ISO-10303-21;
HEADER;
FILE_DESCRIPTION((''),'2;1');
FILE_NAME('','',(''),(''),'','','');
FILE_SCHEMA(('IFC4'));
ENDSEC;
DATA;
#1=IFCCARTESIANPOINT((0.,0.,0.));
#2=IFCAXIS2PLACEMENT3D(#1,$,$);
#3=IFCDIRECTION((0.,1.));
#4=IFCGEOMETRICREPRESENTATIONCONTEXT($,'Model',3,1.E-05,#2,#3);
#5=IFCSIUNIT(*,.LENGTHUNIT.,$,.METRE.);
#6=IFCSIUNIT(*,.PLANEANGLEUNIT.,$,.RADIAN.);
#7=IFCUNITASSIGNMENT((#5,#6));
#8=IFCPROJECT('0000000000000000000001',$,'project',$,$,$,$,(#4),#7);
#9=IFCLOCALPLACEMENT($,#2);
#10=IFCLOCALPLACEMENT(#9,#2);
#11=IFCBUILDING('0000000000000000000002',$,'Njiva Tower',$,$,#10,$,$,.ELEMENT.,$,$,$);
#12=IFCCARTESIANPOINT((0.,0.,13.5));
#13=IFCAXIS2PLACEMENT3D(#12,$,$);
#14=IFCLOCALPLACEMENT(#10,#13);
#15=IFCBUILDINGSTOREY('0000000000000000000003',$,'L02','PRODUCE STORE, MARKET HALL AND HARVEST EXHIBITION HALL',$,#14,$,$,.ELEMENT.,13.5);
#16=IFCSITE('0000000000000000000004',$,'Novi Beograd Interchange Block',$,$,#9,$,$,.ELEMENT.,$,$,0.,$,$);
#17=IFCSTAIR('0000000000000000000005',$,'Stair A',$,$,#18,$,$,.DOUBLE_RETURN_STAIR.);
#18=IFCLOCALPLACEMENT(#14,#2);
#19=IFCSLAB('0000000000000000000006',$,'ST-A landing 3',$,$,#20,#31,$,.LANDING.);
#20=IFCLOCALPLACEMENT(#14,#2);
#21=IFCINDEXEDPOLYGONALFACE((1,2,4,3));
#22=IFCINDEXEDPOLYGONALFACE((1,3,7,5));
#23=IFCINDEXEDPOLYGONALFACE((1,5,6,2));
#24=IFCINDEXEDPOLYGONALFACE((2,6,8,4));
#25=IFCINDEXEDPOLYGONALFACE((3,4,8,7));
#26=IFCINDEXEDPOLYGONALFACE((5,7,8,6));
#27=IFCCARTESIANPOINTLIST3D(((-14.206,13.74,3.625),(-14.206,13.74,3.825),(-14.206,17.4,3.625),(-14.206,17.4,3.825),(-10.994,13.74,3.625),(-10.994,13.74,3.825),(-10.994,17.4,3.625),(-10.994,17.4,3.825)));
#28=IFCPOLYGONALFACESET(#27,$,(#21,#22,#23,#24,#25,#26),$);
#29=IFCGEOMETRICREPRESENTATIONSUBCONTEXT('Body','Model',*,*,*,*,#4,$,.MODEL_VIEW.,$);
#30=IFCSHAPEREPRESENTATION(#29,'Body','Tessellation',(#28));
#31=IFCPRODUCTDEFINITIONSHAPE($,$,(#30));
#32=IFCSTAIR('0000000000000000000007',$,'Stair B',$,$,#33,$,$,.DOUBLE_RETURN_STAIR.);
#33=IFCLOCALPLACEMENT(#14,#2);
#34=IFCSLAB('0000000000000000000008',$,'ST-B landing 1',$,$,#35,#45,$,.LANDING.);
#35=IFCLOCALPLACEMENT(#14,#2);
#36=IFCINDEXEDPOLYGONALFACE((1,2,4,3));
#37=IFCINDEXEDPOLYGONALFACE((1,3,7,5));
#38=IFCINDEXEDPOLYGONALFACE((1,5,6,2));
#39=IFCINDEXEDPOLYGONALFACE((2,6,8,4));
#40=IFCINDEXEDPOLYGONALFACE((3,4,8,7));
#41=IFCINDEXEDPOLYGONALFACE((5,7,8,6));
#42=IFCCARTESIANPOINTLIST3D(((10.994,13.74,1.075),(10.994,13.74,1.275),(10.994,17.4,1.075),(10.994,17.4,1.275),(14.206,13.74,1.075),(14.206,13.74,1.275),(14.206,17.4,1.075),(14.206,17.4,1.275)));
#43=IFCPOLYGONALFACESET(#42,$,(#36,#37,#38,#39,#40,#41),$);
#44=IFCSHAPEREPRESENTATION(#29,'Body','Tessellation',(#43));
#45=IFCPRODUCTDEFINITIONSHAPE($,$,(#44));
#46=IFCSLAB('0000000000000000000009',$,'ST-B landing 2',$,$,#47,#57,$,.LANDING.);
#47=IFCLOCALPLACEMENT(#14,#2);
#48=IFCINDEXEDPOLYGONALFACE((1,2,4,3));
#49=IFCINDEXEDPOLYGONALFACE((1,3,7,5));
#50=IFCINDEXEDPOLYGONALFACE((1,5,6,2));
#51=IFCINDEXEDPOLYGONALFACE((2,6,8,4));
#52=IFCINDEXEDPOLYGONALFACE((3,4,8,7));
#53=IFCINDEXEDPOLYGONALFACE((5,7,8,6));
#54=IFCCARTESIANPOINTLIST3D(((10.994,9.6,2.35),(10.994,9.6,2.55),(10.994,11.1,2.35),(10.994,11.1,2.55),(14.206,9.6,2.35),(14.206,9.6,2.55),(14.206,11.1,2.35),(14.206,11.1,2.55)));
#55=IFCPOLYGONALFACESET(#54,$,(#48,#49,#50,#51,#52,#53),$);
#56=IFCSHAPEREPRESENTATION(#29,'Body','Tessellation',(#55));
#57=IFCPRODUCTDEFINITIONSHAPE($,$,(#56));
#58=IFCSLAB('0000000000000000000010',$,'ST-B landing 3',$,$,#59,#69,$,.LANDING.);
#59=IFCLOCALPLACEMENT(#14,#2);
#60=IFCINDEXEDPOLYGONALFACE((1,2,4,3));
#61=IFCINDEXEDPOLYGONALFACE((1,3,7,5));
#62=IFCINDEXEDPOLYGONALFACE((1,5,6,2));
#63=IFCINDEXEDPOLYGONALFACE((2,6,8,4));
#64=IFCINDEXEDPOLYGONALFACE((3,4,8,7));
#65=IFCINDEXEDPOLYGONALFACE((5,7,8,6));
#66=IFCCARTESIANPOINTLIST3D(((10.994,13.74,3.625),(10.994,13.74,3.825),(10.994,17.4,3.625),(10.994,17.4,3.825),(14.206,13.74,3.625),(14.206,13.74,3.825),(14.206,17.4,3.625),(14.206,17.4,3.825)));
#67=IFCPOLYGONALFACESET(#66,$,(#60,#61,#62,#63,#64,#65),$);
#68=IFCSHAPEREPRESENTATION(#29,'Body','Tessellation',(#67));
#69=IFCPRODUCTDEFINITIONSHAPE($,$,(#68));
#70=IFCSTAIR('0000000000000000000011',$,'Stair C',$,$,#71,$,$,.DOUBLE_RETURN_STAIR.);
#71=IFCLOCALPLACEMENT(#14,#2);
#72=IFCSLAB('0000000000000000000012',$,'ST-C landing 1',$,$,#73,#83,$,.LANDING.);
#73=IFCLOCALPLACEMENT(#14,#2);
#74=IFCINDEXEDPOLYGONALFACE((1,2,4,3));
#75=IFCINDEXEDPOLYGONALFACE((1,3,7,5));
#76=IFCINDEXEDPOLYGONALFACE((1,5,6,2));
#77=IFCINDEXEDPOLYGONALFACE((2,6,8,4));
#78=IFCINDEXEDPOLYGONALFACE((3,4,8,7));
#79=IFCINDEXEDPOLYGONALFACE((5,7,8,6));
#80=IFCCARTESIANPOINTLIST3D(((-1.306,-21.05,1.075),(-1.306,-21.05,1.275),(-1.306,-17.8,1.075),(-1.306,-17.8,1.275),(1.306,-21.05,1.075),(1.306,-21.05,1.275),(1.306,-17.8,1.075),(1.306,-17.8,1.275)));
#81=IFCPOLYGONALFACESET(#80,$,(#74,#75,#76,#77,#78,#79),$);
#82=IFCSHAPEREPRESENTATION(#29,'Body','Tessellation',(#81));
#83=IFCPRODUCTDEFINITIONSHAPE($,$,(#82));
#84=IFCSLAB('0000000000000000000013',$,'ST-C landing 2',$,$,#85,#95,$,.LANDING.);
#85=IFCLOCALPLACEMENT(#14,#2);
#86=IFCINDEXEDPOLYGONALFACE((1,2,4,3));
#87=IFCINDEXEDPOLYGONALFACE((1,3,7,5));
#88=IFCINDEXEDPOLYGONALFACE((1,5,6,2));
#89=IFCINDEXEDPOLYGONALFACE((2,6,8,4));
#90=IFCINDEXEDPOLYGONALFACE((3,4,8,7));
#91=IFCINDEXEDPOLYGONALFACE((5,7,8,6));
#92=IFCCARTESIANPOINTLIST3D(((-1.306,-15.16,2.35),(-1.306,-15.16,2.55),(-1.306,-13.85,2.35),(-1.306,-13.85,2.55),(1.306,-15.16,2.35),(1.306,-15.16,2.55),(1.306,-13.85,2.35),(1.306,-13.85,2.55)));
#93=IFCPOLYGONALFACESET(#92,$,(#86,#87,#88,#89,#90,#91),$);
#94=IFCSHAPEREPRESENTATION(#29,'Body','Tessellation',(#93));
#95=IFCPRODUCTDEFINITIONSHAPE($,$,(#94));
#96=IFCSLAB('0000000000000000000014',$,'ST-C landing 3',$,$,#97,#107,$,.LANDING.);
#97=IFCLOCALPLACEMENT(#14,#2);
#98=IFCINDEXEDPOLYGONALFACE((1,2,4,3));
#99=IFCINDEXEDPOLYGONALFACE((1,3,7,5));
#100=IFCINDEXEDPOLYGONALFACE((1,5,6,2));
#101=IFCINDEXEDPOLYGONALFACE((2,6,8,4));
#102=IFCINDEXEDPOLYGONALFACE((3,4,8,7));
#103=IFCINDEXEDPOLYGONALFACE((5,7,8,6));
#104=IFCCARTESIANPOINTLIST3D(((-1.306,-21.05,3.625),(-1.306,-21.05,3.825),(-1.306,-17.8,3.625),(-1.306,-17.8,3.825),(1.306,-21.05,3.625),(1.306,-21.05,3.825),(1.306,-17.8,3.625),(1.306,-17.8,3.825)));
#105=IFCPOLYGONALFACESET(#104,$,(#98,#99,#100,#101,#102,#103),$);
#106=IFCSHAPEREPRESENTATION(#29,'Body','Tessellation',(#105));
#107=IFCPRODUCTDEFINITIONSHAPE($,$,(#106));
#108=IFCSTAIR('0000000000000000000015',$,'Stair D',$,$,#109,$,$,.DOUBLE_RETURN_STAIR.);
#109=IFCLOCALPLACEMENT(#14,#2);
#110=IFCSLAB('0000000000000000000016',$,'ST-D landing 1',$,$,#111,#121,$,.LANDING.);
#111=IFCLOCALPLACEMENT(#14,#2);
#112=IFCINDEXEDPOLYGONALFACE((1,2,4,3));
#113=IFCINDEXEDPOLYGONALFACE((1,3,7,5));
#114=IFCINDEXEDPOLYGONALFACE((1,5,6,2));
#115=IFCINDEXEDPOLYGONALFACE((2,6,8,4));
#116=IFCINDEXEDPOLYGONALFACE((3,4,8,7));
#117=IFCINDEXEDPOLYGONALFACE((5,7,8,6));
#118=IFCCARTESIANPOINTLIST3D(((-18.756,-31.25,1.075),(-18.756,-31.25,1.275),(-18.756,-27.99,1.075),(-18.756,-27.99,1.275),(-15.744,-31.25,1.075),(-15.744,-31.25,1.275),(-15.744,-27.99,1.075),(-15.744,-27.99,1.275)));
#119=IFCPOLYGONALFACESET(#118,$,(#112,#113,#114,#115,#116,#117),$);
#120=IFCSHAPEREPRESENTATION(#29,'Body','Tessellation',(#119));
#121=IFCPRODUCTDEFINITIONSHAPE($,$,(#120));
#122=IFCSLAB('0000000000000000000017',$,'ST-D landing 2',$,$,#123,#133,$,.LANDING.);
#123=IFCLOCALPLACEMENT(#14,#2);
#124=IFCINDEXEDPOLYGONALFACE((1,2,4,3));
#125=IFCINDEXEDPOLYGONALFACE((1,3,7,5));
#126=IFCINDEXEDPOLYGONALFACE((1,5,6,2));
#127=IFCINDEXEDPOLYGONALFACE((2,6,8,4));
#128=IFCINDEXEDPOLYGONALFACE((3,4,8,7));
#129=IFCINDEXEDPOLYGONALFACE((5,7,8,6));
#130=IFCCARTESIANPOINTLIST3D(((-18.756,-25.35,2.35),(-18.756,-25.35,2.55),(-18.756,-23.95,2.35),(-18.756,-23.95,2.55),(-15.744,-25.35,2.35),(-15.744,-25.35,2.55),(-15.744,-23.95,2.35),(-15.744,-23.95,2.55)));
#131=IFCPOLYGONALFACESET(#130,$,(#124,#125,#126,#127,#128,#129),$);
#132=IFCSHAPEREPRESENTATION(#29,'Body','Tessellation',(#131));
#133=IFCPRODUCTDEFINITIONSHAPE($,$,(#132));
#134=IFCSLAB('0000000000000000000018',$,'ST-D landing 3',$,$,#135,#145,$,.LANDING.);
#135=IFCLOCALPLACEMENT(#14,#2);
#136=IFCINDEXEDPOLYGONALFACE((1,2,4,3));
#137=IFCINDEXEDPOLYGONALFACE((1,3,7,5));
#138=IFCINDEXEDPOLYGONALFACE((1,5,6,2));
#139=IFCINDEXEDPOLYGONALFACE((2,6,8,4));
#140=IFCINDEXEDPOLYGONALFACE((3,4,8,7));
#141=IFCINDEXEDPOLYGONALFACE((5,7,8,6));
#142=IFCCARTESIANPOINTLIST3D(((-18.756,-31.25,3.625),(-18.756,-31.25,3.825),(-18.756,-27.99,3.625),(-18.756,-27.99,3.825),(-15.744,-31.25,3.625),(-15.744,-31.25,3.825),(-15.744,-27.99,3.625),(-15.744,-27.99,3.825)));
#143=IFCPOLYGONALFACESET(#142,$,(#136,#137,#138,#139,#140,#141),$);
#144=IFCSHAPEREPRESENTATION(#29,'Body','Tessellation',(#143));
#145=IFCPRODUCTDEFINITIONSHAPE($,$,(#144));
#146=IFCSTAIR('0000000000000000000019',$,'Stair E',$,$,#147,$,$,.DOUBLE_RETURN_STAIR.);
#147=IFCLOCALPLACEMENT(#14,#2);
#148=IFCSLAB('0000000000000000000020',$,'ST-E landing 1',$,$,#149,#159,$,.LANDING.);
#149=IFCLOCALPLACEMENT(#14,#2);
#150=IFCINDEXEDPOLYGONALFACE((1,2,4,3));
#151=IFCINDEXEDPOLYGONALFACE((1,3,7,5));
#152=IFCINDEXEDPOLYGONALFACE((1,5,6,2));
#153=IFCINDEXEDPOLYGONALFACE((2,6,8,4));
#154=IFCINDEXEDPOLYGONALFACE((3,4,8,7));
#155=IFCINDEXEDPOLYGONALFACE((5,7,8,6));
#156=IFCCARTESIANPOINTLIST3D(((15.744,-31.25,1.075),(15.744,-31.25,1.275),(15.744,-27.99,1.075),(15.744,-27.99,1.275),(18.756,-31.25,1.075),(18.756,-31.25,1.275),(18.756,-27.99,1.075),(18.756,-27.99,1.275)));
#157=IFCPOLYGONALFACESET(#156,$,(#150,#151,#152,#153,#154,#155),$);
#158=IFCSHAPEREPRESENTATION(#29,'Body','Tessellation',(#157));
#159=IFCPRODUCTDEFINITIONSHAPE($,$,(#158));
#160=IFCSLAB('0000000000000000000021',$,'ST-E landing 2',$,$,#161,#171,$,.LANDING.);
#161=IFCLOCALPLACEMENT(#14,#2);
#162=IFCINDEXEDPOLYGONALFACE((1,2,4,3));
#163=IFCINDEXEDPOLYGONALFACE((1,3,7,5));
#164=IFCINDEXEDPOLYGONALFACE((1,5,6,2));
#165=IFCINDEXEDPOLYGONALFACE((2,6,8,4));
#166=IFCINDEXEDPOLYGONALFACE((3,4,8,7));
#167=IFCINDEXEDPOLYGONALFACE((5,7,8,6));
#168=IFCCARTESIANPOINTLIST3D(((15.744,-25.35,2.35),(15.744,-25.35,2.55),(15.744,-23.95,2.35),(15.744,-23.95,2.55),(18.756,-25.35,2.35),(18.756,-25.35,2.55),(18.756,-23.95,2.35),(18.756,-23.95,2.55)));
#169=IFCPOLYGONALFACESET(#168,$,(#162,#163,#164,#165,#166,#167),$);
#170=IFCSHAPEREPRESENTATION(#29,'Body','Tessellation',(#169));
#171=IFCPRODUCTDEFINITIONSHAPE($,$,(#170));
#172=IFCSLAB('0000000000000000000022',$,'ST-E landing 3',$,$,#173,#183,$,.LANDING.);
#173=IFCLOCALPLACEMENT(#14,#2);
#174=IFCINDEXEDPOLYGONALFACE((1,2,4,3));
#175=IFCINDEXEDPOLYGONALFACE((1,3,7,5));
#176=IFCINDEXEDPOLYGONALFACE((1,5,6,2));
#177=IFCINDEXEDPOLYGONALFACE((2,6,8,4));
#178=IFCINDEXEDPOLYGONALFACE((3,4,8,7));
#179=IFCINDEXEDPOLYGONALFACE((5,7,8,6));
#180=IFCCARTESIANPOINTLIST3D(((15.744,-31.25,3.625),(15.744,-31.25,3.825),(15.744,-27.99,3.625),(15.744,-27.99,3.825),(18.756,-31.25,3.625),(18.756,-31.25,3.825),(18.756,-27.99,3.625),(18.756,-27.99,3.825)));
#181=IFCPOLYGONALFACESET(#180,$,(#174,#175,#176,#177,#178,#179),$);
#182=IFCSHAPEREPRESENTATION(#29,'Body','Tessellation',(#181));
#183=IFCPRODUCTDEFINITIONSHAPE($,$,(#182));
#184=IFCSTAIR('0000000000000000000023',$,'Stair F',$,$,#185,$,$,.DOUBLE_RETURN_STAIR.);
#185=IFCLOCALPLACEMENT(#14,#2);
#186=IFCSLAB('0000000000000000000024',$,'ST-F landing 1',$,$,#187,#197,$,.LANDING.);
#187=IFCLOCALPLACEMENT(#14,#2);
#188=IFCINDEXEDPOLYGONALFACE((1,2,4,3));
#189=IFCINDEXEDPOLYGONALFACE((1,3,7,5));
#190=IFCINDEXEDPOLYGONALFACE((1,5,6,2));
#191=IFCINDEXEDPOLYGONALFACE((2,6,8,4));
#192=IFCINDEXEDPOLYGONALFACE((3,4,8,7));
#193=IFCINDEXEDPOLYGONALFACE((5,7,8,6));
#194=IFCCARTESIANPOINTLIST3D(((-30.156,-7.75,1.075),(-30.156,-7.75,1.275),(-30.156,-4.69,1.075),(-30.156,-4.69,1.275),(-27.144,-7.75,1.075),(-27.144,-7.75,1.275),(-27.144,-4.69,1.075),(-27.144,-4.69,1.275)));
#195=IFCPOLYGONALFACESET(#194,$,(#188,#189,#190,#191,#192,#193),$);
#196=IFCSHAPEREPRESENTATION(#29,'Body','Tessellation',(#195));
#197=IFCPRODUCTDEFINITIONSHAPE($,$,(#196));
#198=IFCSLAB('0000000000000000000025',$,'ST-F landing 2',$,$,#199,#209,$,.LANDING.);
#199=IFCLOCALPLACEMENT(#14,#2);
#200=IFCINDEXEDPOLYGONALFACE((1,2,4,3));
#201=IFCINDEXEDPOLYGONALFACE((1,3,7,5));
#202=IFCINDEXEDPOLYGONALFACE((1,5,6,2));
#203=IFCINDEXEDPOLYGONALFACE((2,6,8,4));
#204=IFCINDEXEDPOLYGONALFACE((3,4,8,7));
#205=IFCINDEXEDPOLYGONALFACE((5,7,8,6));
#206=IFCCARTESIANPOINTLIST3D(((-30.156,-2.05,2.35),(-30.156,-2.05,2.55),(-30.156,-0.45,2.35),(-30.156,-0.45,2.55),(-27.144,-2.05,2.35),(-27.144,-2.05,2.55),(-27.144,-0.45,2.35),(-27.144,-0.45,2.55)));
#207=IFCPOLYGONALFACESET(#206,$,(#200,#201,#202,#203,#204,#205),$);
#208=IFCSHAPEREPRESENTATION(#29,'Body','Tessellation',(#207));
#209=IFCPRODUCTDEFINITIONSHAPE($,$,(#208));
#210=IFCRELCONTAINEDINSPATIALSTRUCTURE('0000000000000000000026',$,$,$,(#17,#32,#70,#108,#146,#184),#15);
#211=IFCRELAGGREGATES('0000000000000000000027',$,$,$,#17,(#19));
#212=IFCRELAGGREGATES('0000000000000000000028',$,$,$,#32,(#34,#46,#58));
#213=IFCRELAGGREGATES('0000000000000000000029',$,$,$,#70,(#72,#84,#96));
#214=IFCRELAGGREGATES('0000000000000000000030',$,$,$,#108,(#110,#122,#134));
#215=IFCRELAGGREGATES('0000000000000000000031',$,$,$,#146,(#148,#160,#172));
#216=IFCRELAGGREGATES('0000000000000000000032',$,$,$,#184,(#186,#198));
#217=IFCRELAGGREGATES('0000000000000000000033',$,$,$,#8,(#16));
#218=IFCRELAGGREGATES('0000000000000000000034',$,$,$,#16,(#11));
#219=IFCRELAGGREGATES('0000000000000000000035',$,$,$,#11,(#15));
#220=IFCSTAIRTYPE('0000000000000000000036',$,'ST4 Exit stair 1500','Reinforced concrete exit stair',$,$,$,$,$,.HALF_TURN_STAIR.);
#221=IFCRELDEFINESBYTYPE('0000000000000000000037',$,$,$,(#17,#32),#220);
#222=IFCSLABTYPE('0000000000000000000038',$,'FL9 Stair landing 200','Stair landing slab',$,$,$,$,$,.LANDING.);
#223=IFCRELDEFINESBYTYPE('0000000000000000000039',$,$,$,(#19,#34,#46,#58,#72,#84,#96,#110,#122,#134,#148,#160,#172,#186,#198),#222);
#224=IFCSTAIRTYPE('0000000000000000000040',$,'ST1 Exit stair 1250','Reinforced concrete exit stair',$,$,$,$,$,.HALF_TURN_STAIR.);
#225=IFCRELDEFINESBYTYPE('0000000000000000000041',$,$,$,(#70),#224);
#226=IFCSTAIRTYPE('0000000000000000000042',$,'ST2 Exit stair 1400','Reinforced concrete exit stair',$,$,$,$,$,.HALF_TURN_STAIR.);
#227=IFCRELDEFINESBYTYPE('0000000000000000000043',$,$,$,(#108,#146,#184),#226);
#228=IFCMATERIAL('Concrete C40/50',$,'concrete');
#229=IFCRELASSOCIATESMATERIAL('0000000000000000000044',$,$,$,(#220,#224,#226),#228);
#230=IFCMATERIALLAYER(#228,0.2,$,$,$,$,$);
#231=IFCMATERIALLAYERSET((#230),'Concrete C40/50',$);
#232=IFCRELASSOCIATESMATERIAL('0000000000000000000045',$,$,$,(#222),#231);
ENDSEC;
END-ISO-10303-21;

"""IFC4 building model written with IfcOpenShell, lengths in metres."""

from ifc_helpers import new_model, si_unit, direction, frame, origin, place, context, subcontext, project, spatial, polyline, outline, extrude, material, layer, layer_set, type_object, element, aggregate, save


model = new_model("IFC4")

# Units and contexts
model_context = context("Model", 3, precision=1e-05, world=origin(), true_north=direction((0.0, 1.0)))
body_context = subcontext(model_context, "Body", "Model", "MODEL_VIEW")
ifc_project = project(units=[si_unit("LENGTHUNIT", "METRE"), si_unit("PLANEANGLEUNIT", "RADIAN")], contexts=[model_context])

# Site, building, storey
site_placement = place(None, origin())
site = spatial("IfcSite", under=ifc_project, at=site_placement, Name="Novi Beograd Interchange Block", CompositionType="ELEMENT", RefElevation=0.0)
building_placement = place(site_placement, origin())
building = spatial("IfcBuilding", under=site, at=building_placement, Name="Njiva Tower", CompositionType="ELEMENT")
storey_placement = place(building_placement, frame((0.0, 0.0, 13.5)))
storey = spatial("IfcBuildingStorey", under=building, at=storey_placement, Name="L02", Description="PRODUCE STORE, MARKET HALL AND HARVEST EXHIBITION HALL", CompositionType="ELEMENT", Elevation=13.5)

# Stairs, slabs
ifc_material_1 = material(Name="Concrete C40/50", Category="concrete")
stair_type_1 = type_object("IfcStairType", Name="ST4 Exit stair 1500", Description="Reinforced concrete exit stair", PredefinedType="HALF_TURN_STAIR", material=ifc_material_1)
stair_1_placement = place(storey_placement, origin())
stair_1 = element("IfcStair", 1, at=stair_1_placement, inside=storey, type_object=stair_type_1, Name="Stair A", PredefinedType="DOUBLE_RETURN_STAIR")
ifc_layer_1 = layer(ifc_material_1, 0.2)
ifc_layer_set_1 = layer_set([ifc_layer_1], Name="Concrete C40/50")
slab_type = type_object("IfcSlabType", Name="FL9 Stair landing 200", Description="Stair landing slab", PredefinedType="LANDING", material=ifc_layer_set_1)
slab_1_placement = place(storey_placement, frame((0.0, 0.0, 3.625)))
slab_1 = element("IfcSlab", 2, at=slab_1_placement, type_object=slab_type, Name="ST-A landing 3", PredefinedType="LANDING", context=body_context, shape_type="SweptSolid", body=[
    extrude(outline(polyline([(-14.206, 13.74), (-10.994, 13.74), (-10.994, 17.4), (-14.206, 17.4), (-14.206, 13.74)])), origin(), (0.0, 0.0, 1.0), 0.2),
])
aggregate(stair_1, [slab_1])
stair_2_placement = place(storey_placement, origin())
stair_2 = element("IfcStair", 3, at=stair_2_placement, inside=storey, type_object=stair_type_1, Name="Stair B", PredefinedType="DOUBLE_RETURN_STAIR")
slab_2_placement = place(storey_placement, frame((0.0, 0.0, 1.075)))
slab_2 = element("IfcSlab", 4, at=slab_2_placement, type_object=slab_type, Name="ST-B landing 1", PredefinedType="LANDING", context=body_context, shape_type="SweptSolid", body=[
    extrude(outline(polyline([(10.994, 13.74), (14.206, 13.74), (14.206, 17.4), (10.994, 17.4), (10.994, 13.74)])), origin(), (0.0, 0.0, 1.0), 0.2),
])
slab_3_placement = place(storey_placement, frame((0.0, 0.0, 2.35)))
slab_3 = element("IfcSlab", 5, at=slab_3_placement, type_object=slab_type, Name="ST-B landing 2", PredefinedType="LANDING", context=body_context, shape_type="SweptSolid", body=[
    extrude(outline(polyline([(10.994, 9.6), (14.206, 9.6), (14.206, 11.1), (10.994, 11.1), (10.994, 9.6)])), origin(), (0.0, 0.0, 1.0), 0.2),
])
slab_4_placement = place(storey_placement, frame((0.0, 0.0, 3.625)))
slab_4 = element("IfcSlab", 6, at=slab_4_placement, type_object=slab_type, Name="ST-B landing 3", PredefinedType="LANDING", context=body_context, shape_type="SweptSolid", body=[
    extrude(outline(polyline([(10.994, 13.74), (14.206, 13.74), (14.206, 17.4), (10.994, 17.4), (10.994, 13.74)])), origin(), (0.0, 0.0, 1.0), 0.2),
])
aggregate(stair_2, [slab_2, slab_3, slab_4])
stair_type_2 = type_object("IfcStairType", Name="ST1 Exit stair 1250", Description="Reinforced concrete exit stair", PredefinedType="HALF_TURN_STAIR", material=ifc_material_1)
stair_3_placement = place(storey_placement, origin())
stair_3 = element("IfcStair", 7, at=stair_3_placement, inside=storey, type_object=stair_type_2, Name="Stair C", PredefinedType="DOUBLE_RETURN_STAIR")
slab_5_placement = place(storey_placement, frame((0.0, 0.0, 1.075)))
slab_5 = element("IfcSlab", 8, at=slab_5_placement, type_object=slab_type, Name="ST-C landing 1", PredefinedType="LANDING", context=body_context, shape_type="SweptSolid", body=[
    extrude(outline(polyline([(-1.306, -21.05), (1.306, -21.05), (1.306, -17.8), (-1.306, -17.8), (-1.306, -21.05)])), origin(), (0.0, 0.0, 1.0), 0.2),
])
slab_6_placement = place(storey_placement, frame((0.0, 0.0, 2.35)))
slab_6 = element("IfcSlab", 9, at=slab_6_placement, type_object=slab_type, Name="ST-C landing 2", PredefinedType="LANDING", context=body_context, shape_type="SweptSolid", body=[
    extrude(outline(polyline([(-1.306, -15.16), (1.306, -15.16), (1.306, -13.85), (-1.306, -13.85), (-1.306, -15.16)])), origin(), (0.0, 0.0, 1.0), 0.2),
])
slab_7_placement = place(storey_placement, frame((0.0, 0.0, 3.625)))
slab_7 = element("IfcSlab", 10, at=slab_7_placement, type_object=slab_type, Name="ST-C landing 3", PredefinedType="LANDING", context=body_context, shape_type="SweptSolid", body=[
    extrude(outline(polyline([(-1.306, -21.05), (1.306, -21.05), (1.306, -17.8), (-1.306, -17.8), (-1.306, -21.05)])), origin(), (0.0, 0.0, 1.0), 0.2),
])
aggregate(stair_3, [slab_5, slab_6, slab_7])
stair_type_3 = type_object("IfcStairType", Name="ST2 Exit stair 1400", Description="Reinforced concrete exit stair", PredefinedType="HALF_TURN_STAIR", material=ifc_material_1)
stair_4_placement = place(storey_placement, origin())
stair_4 = element("IfcStair", 11, at=stair_4_placement, inside=storey, type_object=stair_type_3, Name="Stair D", PredefinedType="DOUBLE_RETURN_STAIR")
slab_8_placement = place(storey_placement, frame((0.0, 0.0, 1.075)))
slab_8 = element("IfcSlab", 12, at=slab_8_placement, type_object=slab_type, Name="ST-D landing 1", PredefinedType="LANDING", context=body_context, shape_type="SweptSolid", body=[
    extrude(outline(polyline([(-18.756, -31.25), (-15.744, -31.25), (-15.744, -27.99), (-18.756, -27.99), (-18.756, -31.25)])), origin(), (0.0, 0.0, 1.0), 0.2),
])
slab_9_placement = place(storey_placement, frame((0.0, 0.0, 2.35)))
slab_9 = element("IfcSlab", 13, at=slab_9_placement, type_object=slab_type, Name="ST-D landing 2", PredefinedType="LANDING", context=body_context, shape_type="SweptSolid", body=[
    extrude(outline(polyline([(-18.756, -25.35), (-15.744, -25.35), (-15.744, -23.95), (-18.756, -23.95), (-18.756, -25.35)])), origin(), (0.0, 0.0, 1.0), 0.2),
])
slab_10_placement = place(storey_placement, frame((0.0, 0.0, 3.625)))
slab_10 = element("IfcSlab", 14, at=slab_10_placement, type_object=slab_type, Name="ST-D landing 3", PredefinedType="LANDING", context=body_context, shape_type="SweptSolid", body=[
    extrude(outline(polyline([(-18.756, -31.25), (-15.744, -31.25), (-15.744, -27.99), (-18.756, -27.99), (-18.756, -31.25)])), origin(), (0.0, 0.0, 1.0), 0.2),
])
aggregate(stair_4, [slab_8, slab_9, slab_10])
stair_5_placement = place(storey_placement, origin())
stair_5 = element("IfcStair", 15, at=stair_5_placement, inside=storey, type_object=stair_type_3, Name="Stair E", PredefinedType="DOUBLE_RETURN_STAIR")
slab_11_placement = place(storey_placement, frame((0.0, 0.0, 1.075)))
slab_11 = element("IfcSlab", 16, at=slab_11_placement, type_object=slab_type, Name="ST-E landing 1", PredefinedType="LANDING", context=body_context, shape_type="SweptSolid", body=[
    extrude(outline(polyline([(15.744, -31.25), (18.756, -31.25), (18.756, -27.99), (15.744, -27.99), (15.744, -31.25)])), origin(), (0.0, 0.0, 1.0), 0.2),
])
slab_12_placement = place(storey_placement, frame((0.0, 0.0, 2.35)))
slab_12 = element("IfcSlab", 17, at=slab_12_placement, type_object=slab_type, Name="ST-E landing 2", PredefinedType="LANDING", context=body_context, shape_type="SweptSolid", body=[
    extrude(outline(polyline([(15.744, -25.35), (18.756, -25.35), (18.756, -23.95), (15.744, -23.95), (15.744, -25.35)])), origin(), (0.0, 0.0, 1.0), 0.2),
])
slab_13_placement = place(storey_placement, frame((0.0, 0.0, 3.625)))
slab_13 = element("IfcSlab", 18, at=slab_13_placement, type_object=slab_type, Name="ST-E landing 3", PredefinedType="LANDING", context=body_context, shape_type="SweptSolid", body=[
    extrude(outline(polyline([(15.744, -31.25), (18.756, -31.25), (18.756, -27.99), (15.744, -27.99), (15.744, -31.25)])), origin(), (0.0, 0.0, 1.0), 0.2),
])
aggregate(stair_5, [slab_11, slab_12, slab_13])
stair_6_placement = place(storey_placement, origin())
stair_6 = element("IfcStair", 19, at=stair_6_placement, inside=storey, type_object=stair_type_3, Name="Stair F", PredefinedType="DOUBLE_RETURN_STAIR")
slab_14_placement = place(storey_placement, frame((0.0, 0.0, 1.075)))
slab_14 = element("IfcSlab", 20, at=slab_14_placement, type_object=slab_type, Name="ST-F landing 1", PredefinedType="LANDING", context=body_context, shape_type="SweptSolid", body=[
    extrude(outline(polyline([(-30.156, -7.75), (-27.144, -7.75), (-27.144, -4.69), (-30.156, -4.69), (-30.156, -7.75)])), origin(), (0.0, 0.0, 1.0), 0.2),
])
slab_15_placement = place(storey_placement, frame((0.0, 0.0, 2.35)))
slab_15 = element("IfcSlab", 21, at=slab_15_placement, type_object=slab_type, Name="ST-F landing 2", PredefinedType="LANDING", context=body_context, shape_type="SweptSolid", body=[
    extrude(outline(polyline([(-30.156, -2.05), (-27.144, -2.05), (-27.144, -0.45), (-30.156, -0.45), (-30.156, -2.05)])), origin(), (0.0, 0.0, 1.0), 0.2),
])
aggregate(stair_6, [slab_14, slab_15])

save(model, "model.ifc")
